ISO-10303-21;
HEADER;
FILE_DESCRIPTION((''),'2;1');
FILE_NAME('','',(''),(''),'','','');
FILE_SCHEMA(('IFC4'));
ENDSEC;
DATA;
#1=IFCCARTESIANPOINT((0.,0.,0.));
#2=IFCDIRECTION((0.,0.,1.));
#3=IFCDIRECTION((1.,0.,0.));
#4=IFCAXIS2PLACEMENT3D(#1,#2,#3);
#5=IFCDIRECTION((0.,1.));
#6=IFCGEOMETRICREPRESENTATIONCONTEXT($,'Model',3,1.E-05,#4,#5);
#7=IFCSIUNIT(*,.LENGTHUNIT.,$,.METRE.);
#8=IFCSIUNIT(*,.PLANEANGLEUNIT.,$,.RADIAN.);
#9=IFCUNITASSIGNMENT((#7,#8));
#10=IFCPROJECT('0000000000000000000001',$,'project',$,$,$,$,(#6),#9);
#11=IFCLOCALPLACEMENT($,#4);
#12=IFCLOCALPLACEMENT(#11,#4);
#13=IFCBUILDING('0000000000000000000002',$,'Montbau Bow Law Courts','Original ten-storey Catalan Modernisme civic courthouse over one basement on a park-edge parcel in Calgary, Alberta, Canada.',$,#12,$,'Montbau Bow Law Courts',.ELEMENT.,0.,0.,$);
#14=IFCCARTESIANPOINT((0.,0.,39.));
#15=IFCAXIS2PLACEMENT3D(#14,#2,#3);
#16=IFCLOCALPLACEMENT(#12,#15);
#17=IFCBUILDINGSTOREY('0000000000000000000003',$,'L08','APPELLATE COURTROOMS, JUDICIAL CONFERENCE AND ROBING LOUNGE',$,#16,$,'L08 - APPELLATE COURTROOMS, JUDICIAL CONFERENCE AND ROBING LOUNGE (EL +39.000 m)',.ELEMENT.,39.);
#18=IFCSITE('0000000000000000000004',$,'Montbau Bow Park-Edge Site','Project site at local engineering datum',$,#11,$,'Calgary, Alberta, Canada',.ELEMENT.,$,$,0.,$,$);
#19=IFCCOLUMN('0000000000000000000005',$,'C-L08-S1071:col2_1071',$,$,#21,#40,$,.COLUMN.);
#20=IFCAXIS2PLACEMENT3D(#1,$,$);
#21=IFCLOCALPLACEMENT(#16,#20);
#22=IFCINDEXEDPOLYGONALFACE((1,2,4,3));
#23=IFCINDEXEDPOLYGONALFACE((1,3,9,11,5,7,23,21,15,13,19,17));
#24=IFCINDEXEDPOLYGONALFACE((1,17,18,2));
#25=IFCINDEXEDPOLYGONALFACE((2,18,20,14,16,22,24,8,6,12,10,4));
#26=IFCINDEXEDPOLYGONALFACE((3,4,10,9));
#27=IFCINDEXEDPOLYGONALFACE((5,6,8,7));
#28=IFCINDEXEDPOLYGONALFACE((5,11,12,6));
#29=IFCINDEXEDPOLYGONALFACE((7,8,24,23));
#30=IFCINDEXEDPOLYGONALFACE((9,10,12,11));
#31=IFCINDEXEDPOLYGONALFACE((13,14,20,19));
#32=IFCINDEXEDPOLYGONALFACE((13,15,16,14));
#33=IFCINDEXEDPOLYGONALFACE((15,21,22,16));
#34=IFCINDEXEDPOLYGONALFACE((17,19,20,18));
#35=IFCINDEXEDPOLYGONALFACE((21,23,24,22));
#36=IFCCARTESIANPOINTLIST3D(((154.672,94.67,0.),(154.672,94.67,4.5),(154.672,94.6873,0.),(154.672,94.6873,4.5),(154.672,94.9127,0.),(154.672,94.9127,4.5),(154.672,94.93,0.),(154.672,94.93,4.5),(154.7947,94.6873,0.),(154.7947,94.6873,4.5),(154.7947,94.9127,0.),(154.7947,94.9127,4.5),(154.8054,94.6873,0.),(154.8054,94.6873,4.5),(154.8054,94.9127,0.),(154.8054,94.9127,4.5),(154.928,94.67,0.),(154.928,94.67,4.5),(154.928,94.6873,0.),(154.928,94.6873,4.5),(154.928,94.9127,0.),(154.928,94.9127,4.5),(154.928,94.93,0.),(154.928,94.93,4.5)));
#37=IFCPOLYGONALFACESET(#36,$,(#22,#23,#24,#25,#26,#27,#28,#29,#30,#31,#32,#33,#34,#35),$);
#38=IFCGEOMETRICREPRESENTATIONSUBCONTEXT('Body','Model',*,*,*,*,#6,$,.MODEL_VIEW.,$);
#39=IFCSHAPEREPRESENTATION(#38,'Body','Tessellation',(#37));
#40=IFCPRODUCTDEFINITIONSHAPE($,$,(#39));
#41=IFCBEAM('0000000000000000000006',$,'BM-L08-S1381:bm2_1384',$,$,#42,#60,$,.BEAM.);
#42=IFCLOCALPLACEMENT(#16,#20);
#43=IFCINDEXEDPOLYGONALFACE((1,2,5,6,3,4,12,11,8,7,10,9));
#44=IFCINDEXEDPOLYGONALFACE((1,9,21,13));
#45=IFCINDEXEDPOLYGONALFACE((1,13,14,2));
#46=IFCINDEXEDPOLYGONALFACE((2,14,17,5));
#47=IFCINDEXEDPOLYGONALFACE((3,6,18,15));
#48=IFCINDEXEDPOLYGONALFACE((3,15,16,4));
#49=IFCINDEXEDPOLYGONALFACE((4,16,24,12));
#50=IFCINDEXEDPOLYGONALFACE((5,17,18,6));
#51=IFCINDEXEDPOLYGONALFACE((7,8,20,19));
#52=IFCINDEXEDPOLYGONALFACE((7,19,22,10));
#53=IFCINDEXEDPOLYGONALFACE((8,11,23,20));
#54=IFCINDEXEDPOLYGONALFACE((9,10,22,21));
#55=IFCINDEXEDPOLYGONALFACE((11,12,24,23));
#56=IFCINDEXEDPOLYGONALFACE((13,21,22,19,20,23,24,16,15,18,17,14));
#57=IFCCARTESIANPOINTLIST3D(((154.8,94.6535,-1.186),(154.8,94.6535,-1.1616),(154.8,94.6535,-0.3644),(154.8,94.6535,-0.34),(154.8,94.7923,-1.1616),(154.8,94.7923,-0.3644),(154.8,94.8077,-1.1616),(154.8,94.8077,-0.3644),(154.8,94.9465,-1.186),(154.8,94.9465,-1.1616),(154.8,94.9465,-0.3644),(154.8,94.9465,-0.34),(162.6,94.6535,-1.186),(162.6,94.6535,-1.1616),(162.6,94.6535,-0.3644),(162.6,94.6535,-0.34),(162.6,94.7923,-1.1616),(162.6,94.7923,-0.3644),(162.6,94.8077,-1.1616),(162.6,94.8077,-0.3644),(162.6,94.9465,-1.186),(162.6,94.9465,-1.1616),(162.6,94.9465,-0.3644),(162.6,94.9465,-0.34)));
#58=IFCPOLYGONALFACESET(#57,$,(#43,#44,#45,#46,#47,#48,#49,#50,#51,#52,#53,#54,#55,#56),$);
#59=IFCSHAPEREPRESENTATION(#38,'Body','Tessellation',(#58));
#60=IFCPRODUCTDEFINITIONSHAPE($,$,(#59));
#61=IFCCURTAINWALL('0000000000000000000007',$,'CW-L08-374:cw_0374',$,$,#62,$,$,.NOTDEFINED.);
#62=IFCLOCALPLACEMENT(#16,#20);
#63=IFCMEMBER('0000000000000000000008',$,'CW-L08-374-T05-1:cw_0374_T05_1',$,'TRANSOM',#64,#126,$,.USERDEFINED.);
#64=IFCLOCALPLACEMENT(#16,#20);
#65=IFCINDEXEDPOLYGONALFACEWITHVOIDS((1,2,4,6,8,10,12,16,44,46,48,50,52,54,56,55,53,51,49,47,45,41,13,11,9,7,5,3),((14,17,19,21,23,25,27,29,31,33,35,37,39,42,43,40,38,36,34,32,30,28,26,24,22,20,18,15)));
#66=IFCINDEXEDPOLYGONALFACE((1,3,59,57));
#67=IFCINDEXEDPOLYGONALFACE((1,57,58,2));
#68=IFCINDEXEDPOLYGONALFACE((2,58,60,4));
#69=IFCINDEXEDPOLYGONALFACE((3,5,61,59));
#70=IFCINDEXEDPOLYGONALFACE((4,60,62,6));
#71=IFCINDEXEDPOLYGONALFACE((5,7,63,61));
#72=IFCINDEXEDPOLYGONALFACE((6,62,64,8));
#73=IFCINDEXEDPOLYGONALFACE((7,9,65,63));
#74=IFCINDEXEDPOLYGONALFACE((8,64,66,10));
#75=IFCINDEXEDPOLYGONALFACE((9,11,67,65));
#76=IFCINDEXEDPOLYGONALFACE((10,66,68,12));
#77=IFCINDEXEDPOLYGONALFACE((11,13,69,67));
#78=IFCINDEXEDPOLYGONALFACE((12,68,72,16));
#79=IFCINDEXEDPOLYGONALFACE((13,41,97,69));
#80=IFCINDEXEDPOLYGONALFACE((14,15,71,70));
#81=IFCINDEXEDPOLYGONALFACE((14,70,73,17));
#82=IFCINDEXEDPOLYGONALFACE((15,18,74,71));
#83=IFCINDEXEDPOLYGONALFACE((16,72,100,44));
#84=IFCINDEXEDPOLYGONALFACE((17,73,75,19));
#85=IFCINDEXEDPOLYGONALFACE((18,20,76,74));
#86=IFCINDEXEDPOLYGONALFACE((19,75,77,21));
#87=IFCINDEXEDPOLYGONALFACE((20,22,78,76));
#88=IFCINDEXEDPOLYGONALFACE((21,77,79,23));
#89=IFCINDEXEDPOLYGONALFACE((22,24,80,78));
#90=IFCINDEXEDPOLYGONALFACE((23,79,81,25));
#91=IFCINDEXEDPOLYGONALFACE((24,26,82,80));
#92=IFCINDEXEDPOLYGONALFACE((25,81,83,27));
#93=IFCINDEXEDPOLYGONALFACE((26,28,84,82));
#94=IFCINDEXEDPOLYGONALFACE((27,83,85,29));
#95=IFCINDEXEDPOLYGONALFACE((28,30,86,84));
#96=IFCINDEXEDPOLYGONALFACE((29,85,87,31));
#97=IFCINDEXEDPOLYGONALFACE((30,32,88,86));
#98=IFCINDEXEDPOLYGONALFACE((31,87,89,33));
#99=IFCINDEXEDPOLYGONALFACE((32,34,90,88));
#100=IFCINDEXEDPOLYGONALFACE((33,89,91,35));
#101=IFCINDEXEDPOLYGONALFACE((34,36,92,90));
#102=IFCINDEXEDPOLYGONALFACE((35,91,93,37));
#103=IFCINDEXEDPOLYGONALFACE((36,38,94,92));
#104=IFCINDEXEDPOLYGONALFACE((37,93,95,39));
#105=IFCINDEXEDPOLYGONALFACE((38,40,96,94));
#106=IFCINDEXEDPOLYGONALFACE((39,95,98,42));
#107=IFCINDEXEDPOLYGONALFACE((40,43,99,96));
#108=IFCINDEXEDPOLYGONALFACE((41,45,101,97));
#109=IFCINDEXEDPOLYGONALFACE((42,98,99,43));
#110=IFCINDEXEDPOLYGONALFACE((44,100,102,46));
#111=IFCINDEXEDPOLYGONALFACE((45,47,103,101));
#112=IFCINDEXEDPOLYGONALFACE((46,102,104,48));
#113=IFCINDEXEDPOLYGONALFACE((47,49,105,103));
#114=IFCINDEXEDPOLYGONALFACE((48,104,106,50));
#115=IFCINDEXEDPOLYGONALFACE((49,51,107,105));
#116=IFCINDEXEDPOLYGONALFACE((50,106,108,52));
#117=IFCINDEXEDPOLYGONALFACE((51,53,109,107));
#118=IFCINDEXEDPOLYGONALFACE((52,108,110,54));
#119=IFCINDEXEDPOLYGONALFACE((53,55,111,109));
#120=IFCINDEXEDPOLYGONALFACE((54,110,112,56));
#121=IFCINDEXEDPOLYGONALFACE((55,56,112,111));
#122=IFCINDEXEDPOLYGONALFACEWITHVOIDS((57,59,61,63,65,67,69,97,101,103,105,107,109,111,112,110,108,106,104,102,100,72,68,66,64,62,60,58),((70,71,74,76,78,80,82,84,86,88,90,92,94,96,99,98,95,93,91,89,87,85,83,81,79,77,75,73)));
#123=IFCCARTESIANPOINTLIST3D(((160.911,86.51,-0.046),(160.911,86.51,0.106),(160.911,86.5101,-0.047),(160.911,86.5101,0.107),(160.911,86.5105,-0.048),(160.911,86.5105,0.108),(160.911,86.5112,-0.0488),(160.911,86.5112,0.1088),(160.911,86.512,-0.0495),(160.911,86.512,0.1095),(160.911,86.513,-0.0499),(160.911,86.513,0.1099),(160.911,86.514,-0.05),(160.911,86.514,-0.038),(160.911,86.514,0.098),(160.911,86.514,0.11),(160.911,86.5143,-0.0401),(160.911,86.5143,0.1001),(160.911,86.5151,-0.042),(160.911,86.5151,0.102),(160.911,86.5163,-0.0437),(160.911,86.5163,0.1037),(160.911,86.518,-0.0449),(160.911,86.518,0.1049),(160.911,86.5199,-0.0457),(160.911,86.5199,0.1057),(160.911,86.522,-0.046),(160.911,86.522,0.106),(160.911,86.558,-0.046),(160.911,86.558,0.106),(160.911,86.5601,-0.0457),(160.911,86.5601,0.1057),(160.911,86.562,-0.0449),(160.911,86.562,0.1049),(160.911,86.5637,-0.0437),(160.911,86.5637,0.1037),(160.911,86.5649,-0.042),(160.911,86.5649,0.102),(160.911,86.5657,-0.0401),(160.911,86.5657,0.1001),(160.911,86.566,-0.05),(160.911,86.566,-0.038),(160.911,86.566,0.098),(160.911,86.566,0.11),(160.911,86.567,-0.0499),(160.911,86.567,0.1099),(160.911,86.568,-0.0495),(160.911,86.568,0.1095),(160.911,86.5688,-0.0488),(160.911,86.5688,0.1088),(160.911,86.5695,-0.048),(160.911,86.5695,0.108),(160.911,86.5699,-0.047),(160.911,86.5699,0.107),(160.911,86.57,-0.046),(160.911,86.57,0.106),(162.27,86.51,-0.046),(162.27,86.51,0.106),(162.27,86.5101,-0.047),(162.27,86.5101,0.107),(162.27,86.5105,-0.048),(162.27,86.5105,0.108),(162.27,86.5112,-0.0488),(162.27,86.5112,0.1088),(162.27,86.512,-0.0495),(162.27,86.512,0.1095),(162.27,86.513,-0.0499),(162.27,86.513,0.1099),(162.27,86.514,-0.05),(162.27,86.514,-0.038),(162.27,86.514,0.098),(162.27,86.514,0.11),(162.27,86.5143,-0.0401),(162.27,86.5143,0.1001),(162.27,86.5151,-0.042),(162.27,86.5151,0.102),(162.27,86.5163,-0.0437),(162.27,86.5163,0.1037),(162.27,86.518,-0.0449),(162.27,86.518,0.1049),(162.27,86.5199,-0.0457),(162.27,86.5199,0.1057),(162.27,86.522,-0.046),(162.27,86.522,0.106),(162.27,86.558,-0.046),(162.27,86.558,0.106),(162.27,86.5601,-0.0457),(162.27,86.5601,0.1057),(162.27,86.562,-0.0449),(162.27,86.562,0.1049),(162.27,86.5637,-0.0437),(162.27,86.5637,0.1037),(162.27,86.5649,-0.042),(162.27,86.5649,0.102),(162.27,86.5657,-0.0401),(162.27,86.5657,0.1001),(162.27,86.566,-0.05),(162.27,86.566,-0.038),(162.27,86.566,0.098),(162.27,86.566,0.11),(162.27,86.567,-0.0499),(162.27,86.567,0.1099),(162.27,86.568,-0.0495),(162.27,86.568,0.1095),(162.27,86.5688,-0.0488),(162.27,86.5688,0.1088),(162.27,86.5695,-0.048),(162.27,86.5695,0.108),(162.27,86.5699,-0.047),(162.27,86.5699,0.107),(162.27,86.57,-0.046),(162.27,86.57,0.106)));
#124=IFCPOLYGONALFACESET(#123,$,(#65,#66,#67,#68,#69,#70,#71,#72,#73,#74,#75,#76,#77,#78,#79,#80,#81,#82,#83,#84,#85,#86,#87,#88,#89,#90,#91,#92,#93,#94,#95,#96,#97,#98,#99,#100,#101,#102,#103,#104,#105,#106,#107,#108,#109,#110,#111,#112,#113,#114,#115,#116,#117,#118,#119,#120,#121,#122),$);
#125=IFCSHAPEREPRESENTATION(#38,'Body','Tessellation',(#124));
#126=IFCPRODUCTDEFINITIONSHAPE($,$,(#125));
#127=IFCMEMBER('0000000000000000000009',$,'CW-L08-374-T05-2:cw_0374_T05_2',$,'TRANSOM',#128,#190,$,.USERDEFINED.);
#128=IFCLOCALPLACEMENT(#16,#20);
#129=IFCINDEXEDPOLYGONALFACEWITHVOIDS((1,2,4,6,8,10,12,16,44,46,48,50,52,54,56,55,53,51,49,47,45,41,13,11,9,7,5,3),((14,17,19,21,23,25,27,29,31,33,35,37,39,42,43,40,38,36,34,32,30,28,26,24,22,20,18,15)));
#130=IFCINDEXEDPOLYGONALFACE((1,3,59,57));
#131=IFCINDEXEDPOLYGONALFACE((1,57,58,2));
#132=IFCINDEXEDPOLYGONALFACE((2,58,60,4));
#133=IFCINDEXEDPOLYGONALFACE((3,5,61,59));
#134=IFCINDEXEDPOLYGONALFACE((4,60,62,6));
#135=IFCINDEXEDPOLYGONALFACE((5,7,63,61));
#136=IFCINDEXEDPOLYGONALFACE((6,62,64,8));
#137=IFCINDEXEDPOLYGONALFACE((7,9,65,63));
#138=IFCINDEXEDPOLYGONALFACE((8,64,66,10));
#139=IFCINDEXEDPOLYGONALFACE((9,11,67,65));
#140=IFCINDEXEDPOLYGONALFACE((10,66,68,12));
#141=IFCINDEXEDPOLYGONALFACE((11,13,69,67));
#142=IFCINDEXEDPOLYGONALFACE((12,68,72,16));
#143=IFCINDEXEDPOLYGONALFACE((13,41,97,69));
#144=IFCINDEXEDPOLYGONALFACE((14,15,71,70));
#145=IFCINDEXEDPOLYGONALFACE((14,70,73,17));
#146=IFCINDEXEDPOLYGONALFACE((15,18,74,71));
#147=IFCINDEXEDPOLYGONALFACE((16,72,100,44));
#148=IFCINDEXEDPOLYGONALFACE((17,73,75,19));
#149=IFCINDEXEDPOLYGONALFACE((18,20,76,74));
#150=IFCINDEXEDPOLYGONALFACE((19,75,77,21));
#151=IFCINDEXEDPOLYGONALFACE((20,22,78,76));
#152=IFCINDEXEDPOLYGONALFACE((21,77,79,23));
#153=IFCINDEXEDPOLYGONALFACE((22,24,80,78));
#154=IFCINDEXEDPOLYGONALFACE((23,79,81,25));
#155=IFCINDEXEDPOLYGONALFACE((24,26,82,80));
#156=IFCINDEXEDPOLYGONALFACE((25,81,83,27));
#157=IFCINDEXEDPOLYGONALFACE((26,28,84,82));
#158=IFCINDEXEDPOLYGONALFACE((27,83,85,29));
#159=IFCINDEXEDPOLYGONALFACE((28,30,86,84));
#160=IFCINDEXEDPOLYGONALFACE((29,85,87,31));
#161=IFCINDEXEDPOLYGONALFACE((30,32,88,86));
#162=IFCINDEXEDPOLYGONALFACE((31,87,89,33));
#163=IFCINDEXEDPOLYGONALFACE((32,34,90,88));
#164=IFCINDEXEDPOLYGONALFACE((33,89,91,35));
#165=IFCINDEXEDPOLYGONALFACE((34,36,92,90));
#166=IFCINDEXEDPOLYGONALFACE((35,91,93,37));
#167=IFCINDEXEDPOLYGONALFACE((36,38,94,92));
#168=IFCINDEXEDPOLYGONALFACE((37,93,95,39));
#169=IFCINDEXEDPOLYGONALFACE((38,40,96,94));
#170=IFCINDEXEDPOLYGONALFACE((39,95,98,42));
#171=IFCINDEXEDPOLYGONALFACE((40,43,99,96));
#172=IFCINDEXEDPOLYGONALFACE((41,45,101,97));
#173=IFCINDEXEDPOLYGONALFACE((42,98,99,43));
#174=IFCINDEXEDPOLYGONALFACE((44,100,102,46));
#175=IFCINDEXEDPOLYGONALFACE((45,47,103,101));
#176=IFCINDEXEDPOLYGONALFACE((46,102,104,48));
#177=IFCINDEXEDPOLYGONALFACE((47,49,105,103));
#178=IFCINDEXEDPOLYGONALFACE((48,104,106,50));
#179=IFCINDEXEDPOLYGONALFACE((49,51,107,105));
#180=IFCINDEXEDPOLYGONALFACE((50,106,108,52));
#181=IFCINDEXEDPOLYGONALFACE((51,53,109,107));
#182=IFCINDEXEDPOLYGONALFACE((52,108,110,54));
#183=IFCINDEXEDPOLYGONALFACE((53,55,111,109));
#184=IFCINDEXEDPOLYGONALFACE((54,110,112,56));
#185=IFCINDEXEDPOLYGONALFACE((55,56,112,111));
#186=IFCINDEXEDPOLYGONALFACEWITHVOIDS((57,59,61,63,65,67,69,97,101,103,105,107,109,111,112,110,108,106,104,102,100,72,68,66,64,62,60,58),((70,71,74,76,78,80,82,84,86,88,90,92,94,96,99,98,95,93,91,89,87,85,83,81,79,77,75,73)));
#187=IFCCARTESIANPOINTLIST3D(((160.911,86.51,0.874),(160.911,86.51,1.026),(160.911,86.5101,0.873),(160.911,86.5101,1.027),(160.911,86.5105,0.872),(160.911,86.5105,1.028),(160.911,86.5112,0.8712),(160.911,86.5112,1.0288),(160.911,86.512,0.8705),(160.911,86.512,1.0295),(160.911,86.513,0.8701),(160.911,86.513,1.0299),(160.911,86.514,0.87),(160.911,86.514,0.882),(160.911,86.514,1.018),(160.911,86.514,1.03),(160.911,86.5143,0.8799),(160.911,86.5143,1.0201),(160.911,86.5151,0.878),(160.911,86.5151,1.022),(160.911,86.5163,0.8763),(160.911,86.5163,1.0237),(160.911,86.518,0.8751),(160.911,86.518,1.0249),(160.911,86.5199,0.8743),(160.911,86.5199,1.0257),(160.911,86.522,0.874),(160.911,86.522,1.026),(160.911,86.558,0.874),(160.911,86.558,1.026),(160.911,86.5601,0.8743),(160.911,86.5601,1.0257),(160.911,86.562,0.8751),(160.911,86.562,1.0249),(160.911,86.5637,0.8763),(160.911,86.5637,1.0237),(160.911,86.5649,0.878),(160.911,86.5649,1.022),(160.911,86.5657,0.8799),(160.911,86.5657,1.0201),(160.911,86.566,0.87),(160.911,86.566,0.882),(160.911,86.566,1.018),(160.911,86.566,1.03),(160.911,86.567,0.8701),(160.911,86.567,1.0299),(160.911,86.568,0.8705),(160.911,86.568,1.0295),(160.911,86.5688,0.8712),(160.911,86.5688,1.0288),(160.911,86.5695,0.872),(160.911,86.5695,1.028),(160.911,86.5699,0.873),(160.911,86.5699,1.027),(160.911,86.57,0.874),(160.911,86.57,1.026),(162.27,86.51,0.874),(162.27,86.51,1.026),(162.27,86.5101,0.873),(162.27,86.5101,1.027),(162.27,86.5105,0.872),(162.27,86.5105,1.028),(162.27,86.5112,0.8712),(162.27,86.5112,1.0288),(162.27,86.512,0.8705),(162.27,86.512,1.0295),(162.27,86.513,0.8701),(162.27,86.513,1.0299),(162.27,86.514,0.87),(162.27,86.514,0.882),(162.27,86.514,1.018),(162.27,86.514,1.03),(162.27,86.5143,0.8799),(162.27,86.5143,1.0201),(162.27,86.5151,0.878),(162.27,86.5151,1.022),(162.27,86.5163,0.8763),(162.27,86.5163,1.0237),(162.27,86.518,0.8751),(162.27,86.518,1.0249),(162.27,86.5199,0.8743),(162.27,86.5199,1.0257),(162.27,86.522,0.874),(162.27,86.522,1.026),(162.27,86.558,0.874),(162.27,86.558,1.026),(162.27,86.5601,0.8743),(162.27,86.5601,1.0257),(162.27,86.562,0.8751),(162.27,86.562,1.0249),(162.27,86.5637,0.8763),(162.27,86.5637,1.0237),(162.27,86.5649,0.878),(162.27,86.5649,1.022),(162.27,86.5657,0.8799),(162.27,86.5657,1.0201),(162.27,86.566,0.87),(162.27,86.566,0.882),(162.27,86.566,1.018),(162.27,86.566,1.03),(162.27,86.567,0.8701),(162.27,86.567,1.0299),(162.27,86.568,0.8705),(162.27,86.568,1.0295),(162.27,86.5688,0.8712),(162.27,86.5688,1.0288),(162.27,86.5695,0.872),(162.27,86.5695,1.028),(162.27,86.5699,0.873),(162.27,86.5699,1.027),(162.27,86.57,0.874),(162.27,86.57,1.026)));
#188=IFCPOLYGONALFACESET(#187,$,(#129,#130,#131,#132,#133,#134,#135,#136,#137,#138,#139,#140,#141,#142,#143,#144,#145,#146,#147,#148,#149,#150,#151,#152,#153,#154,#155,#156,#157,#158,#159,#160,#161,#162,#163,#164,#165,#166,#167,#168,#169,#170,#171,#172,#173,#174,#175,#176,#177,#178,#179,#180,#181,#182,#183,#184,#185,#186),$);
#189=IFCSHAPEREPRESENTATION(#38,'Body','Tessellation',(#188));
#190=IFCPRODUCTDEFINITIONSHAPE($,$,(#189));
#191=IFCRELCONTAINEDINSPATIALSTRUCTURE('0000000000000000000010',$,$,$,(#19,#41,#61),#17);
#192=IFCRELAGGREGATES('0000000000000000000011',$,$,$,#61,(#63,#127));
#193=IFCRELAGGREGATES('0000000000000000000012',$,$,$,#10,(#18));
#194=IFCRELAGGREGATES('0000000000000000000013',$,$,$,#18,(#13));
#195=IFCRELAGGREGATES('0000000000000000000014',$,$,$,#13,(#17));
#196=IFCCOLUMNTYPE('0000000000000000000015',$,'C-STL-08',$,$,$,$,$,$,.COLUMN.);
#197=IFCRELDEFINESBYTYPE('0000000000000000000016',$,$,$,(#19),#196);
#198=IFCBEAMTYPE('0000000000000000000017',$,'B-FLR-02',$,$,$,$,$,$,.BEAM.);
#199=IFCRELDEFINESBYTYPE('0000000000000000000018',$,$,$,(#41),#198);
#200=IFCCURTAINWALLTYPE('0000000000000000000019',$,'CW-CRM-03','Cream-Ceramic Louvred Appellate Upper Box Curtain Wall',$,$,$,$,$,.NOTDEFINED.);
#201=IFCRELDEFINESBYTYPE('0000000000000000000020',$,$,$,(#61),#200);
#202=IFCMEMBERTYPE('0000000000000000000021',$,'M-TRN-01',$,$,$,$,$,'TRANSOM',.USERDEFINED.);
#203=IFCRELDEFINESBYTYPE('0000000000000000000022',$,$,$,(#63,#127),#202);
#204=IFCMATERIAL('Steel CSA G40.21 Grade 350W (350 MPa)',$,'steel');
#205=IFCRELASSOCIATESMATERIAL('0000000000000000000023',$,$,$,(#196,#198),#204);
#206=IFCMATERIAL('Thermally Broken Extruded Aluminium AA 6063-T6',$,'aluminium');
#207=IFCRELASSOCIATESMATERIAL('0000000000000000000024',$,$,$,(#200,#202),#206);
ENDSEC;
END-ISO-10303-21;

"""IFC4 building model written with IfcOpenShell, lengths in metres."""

from ifc_helpers import new_model, si_unit, direction, frame, origin_with_axes, origin_2d_with_axis, place, context, subcontext, project, spatial, hollow_rectangle, i_section, extrude, material, material_profile, profile_set, type_object, element, aggregate, save


model = new_model("IFC4")

# Units and contexts
model_context = context("Model", 3, precision=1e-05, world=origin_with_axes(), true_north=direction((0.0, 1.0)))
body_context = subcontext(model_context, "Body", "Model", "MODEL_VIEW")
ifc_project = project(units=[si_unit("LENGTHUNIT", "METRE"), si_unit("PLANEANGLEUNIT", "RADIAN")], contexts=[model_context])

# Site, building, storey
site_placement = place(None, origin_with_axes())
site = spatial("IfcSite", under=ifc_project, at=site_placement, Name="Montbau Bow Park-Edge Site", Description="Project site at local engineering datum", LongName="Calgary, Alberta, Canada", CompositionType="ELEMENT", RefElevation=0.0)
building_placement = place(site_placement, origin_with_axes())
building = spatial("IfcBuilding", under=site, at=building_placement, Name="Montbau Bow Law Courts", Description="Original ten-storey Catalan Modernisme civic courthouse over one basement on a park-edge parcel in Calgary, Alberta, Canada.", LongName="Montbau Bow Law Courts", CompositionType="ELEMENT", ElevationOfRefHeight=0.0, ElevationOfTerrain=0.0)
storey_placement = place(building_placement, frame((0.0, 0.0, 39.0), z_axis=(0.0, 0.0, 1.0), x_axis=(1.0, 0.0, 0.0)))
storey = spatial("IfcBuildingStorey", under=building, at=storey_placement, Name="L08", Description="APPELLATE COURTROOMS, JUDICIAL CONFERENCE AND ROBING LOUNGE", LongName="L08 - APPELLATE COURTROOMS, JUDICIAL CONFERENCE AND ROBING LOUNGE (EL +39.000 m)", CompositionType="ELEMENT", Elevation=39.0)

# Column
ifc_material_1 = material(Name="Steel CSA G40.21 Grade 350W (350 MPa)", Category="steel")
ifc_material_profile_1 = material_profile(ifc_material_1, i_section(OverallWidth=0.256, OverallDepth=0.26, WebThickness=0.0107, FlangeThickness=0.0173, at=origin_2d_with_axis()), Name="W250X89", Category="Main", Priority=0)
ifc_profile_set_1 = profile_set([ifc_material_profile_1], Name="Steel CSA G40.21 Grade 350W (350 MPa)")
column_type = type_object("IfcColumnType", Name="C-STL-08", PredefinedType="COLUMN", material=ifc_profile_set_1)
column_placement = place(None, frame((154.8, 94.8, 39.0), z_axis=(0.0, 0.0, 1.0), x_axis=(1.0, 0.0, 0.0)))
element("IfcColumn", 1, at=column_placement, inside=storey, type_object=column_type, Name="C-L08-S1071:col2_1071", PredefinedType="COLUMN", context=body_context, shape_type="SweptSolid", body=[
    extrude(i_section(OverallWidth=0.256, OverallDepth=0.26, WebThickness=0.0107, FlangeThickness=0.0173, at=origin_2d_with_axis()), origin_with_axes(), (0.0, 0.0, 1.0), 4.5),
])

# Beam
ifc_material_profile_2 = material_profile(ifc_material_1, i_section(OverallWidth=0.293, OverallDepth=0.846, WebThickness=0.0154, FlangeThickness=0.0244, at=origin_2d_with_axis()), Name="W840X210", Category="Main", Priority=0)
ifc_profile_set_2 = profile_set([ifc_material_profile_2], Name="Steel CSA G40.21 Grade 350W (350 MPa)")
beam_type = type_object("IfcBeamType", Name="B-FLR-02", PredefinedType="BEAM", material=ifc_profile_set_2)
beam_placement = place(None, frame((154.8, 94.8, 38.237), z_axis=(1.0, 0.0, 0.0), x_axis=(0.0, 1.0, 0.0)))
element("IfcBeam", 2, at=beam_placement, inside=storey, type_object=beam_type, Name="BM-L08-S1381:bm2_1384", PredefinedType="BEAM", context=body_context, shape_type="SweptSolid", body=[
    extrude(i_section(OverallWidth=0.293, OverallDepth=0.846, WebThickness=0.0154, FlangeThickness=0.0244, at=origin_2d_with_axis()), origin_with_axes(), (0.0, 0.0, 1.0), 7.8),
])

# Curtain wall, members
ifc_material_2 = material(Name="Thermally Broken Extruded Aluminium AA 6063-T6", Category="aluminium")
curtain_wall_type = type_object("IfcCurtainWallType", Name="CW-CRM-03", Description="Cream-Ceramic Louvred Appellate Upper Box Curtain Wall", PredefinedType="NOTDEFINED", material=ifc_material_2)
curtain_wall_placement = place(None, frame((155.068, 86.54, 39.0), z_axis=(0.0, 0.0, 1.0), x_axis=(1.0, 0.0, 0.0)))
curtain_wall = element("IfcCurtainWall", 3, at=curtain_wall_placement, inside=storey, type_object=curtain_wall_type, Name="CW-L08-374:cw_0374", PredefinedType="NOTDEFINED")
ifc_material_profile_3 = material_profile(ifc_material_2, hollow_rectangle(XDim=0.06, YDim=0.16, WallThickness=0.004, InnerFilletRadius=0.008, OuterFilletRadius=0.004, at=origin_2d_with_axis()), Name="CWT-160X60", Category="Main", Priority=0)
ifc_profile_set_3 = profile_set([ifc_material_profile_3], Name="Thermally Broken Extruded Aluminium AA 6063-T6")
member_type = type_object("IfcMemberType", Name="M-TRN-01", ElementType="TRANSOM", PredefinedType="USERDEFINED", material=ifc_profile_set_3)
member_1_placement = place(None, frame((160.911, 86.54, 39.03), z_axis=(1.0, 0.0, 0.0), x_axis=(0.0, 1.0, 0.0)))
member_1 = element("IfcMember", 4, at=member_1_placement, type_object=member_type, Name="CW-L08-374-T05-1:cw_0374_T05_1", ObjectType="TRANSOM", PredefinedType="USERDEFINED", context=body_context, shape_type="SweptSolid", body=[
    extrude(hollow_rectangle(XDim=0.06, YDim=0.16, WallThickness=0.004, InnerFilletRadius=0.008, OuterFilletRadius=0.004, at=origin_2d_with_axis()), origin_with_axes(), (0.0, 0.0, 1.0), 1.359),
])
member_2_placement = place(None, frame((160.911, 86.54, 39.95), z_axis=(1.0, 0.0, 0.0), x_axis=(0.0, 1.0, 0.0)))
member_2 = element("IfcMember", 5, at=member_2_placement, type_object=member_type, Name="CW-L08-374-T05-2:cw_0374_T05_2", ObjectType="TRANSOM", PredefinedType="USERDEFINED", context=body_context, shape_type="SweptSolid", body=[
    extrude(hollow_rectangle(XDim=0.06, YDim=0.16, WallThickness=0.004, InnerFilletRadius=0.008, OuterFilletRadius=0.004, at=origin_2d_with_axis()), origin_with_axes(), (0.0, 0.0, 1.0), 1.359),
])
aggregate(curtain_wall, [member_1, member_2])

save(model, "model.ifc")
